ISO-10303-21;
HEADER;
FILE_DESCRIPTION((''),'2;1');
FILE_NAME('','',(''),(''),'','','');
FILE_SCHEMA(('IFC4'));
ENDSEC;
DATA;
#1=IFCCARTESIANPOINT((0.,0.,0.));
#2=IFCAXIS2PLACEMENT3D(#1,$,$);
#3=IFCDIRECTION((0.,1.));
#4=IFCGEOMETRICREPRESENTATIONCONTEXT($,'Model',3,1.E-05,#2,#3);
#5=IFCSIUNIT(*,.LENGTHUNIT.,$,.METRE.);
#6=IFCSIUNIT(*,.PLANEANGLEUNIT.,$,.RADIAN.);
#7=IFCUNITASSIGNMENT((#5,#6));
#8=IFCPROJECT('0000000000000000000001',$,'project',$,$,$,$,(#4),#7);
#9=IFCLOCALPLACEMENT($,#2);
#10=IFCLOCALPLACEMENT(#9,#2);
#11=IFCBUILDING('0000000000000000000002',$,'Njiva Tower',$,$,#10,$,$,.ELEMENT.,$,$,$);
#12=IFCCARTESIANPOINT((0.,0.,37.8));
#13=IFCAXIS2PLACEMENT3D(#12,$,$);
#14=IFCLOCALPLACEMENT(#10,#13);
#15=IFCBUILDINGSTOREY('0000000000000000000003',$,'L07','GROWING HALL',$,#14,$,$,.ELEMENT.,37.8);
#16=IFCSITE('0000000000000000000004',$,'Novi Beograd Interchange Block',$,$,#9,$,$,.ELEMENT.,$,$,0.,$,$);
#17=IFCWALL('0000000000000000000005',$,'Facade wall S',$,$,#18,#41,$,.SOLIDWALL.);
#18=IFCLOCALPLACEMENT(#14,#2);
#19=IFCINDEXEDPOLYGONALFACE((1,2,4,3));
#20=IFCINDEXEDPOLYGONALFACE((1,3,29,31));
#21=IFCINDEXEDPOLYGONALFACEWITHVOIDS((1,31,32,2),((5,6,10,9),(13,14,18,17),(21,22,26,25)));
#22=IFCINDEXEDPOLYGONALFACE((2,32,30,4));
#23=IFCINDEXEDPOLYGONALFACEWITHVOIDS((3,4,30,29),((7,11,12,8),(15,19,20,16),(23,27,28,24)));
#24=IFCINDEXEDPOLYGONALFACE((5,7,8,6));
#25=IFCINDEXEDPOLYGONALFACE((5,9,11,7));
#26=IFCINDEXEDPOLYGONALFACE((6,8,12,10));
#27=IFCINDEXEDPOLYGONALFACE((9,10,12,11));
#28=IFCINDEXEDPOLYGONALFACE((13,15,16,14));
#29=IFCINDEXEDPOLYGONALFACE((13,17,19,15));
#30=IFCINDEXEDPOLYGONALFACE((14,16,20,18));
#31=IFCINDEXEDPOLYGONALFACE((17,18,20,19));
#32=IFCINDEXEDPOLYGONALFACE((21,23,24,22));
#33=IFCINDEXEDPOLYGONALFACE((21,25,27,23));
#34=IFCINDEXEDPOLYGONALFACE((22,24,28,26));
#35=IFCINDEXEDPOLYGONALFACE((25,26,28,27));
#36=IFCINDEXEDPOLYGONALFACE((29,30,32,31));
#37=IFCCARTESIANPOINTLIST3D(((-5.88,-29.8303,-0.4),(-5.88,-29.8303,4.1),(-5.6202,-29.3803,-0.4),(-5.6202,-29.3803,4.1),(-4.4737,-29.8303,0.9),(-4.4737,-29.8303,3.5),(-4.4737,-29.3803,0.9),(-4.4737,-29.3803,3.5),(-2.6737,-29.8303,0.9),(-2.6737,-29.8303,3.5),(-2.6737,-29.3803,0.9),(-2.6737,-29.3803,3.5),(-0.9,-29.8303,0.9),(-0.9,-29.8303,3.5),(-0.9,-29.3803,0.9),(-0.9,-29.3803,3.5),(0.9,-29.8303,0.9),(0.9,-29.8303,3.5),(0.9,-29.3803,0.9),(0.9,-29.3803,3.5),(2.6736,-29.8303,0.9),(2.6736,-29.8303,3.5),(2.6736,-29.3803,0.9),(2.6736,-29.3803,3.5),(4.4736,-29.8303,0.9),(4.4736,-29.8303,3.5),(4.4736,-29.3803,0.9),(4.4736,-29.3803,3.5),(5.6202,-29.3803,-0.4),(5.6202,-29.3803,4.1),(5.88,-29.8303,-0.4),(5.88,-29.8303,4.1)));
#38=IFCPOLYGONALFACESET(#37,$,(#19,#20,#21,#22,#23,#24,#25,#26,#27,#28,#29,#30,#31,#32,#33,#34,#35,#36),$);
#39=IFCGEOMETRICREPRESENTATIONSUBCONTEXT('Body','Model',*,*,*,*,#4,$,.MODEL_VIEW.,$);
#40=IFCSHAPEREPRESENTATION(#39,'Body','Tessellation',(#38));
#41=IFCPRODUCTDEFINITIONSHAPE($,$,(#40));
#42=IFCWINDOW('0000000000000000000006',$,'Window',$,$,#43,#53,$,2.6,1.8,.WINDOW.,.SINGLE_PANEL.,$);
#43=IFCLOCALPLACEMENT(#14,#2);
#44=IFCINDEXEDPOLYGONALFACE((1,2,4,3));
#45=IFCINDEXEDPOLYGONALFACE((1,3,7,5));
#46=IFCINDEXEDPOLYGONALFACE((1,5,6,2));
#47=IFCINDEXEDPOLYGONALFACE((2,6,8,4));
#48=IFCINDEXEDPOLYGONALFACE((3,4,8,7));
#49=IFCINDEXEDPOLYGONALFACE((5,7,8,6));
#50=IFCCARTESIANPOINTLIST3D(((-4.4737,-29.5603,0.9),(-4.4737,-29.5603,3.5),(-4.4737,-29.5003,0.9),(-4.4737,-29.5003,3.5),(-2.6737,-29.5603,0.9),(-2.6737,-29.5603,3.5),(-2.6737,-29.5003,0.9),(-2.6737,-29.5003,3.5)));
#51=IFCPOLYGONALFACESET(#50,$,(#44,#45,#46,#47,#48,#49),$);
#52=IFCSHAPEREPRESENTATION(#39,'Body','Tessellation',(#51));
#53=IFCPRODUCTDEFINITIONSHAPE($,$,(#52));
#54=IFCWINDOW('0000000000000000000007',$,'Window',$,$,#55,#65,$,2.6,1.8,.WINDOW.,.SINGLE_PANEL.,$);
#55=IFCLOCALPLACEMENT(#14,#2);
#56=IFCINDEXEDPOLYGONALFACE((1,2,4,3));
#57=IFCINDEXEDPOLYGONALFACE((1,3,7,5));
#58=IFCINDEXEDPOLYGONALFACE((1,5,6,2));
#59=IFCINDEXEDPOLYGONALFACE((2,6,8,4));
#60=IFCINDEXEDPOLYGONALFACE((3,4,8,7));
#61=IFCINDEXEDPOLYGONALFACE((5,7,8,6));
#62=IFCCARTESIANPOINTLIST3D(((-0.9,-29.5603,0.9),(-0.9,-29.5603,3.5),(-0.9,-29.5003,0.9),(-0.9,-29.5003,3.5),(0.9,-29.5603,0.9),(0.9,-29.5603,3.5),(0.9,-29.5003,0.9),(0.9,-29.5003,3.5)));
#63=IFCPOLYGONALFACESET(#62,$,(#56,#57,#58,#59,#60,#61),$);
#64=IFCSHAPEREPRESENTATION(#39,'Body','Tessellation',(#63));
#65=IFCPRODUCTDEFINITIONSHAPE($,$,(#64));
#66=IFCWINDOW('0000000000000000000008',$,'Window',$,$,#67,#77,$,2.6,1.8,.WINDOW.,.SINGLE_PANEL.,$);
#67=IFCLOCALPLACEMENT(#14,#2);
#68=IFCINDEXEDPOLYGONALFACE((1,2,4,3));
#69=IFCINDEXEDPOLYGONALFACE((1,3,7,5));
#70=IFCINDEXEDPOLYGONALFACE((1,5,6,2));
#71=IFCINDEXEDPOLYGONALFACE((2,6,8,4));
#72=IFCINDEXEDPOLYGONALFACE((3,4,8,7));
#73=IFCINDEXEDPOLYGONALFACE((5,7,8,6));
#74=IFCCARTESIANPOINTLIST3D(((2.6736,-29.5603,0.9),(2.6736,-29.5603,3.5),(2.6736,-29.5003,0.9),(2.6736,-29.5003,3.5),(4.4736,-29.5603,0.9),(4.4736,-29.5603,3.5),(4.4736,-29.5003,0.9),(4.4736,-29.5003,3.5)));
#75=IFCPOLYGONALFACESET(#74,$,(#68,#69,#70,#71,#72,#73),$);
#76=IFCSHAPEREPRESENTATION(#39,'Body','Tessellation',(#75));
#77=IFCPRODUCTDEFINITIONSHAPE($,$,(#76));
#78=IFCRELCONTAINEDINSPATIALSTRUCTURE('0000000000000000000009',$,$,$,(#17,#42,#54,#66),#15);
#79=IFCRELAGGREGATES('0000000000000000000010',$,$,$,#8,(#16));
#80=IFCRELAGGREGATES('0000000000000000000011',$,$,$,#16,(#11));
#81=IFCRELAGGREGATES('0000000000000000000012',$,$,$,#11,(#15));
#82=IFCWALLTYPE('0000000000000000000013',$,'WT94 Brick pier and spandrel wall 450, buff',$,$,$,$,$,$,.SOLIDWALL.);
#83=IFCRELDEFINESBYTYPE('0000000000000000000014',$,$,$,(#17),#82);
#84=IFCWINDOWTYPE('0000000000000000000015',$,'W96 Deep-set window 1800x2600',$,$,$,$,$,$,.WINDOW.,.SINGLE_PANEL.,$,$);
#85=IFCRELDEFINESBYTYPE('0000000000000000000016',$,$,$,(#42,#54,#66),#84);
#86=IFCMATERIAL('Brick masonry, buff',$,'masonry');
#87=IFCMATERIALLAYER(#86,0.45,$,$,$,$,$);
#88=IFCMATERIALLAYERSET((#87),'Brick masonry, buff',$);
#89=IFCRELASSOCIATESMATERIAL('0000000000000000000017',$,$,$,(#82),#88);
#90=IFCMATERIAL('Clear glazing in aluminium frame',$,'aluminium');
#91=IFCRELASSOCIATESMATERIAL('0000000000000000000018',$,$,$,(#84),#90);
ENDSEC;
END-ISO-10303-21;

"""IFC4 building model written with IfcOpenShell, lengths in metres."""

from ifc_helpers import new_model, si_unit, direction, frame, frame_2d, origin, place, context, subcontext, project, spatial, polyline, rectangle, outline, extrude, material, layer, layer_set, type_object, element, fill, save


model = new_model("IFC4")

# Units and contexts
model_context = context("Model", 3, precision=1e-05, world=origin(), true_north=direction((0.0, 1.0)))
body_context = subcontext(model_context, "Body", "Model", "MODEL_VIEW")
ifc_project = project(units=[si_unit("LENGTHUNIT", "METRE"), si_unit("PLANEANGLEUNIT", "RADIAN")], contexts=[model_context])

# Site, building, storey
site_placement = place(None, origin())
site = spatial("IfcSite", under=ifc_project, at=site_placement, Name="Novi Beograd Interchange Block", CompositionType="ELEMENT", RefElevation=0.0)
building_placement = place(site_placement, origin())
building = spatial("IfcBuilding", under=site, at=building_placement, Name="Njiva Tower", CompositionType="ELEMENT")
storey_placement = place(building_placement, frame((0.0, 0.0, 37.8)))
storey = spatial("IfcBuildingStorey", under=building, at=storey_placement, Name="L07", Description="GROWING HALL", CompositionType="ELEMENT", Elevation=37.8)

# Wall, openings, windows
ifc_material_1 = material(Name="Brick masonry, buff", Category="masonry")
ifc_layer_1 = layer(ifc_material_1, 0.45)
ifc_layer_set_1 = layer_set([ifc_layer_1], Name="Brick masonry, buff")
wall_type_1 = type_object("IfcWallType", Name="WT94 Brick pier and spandrel wall 450, buff", PredefinedType="SOLIDWALL", material=ifc_layer_set_1)
wall_1_placement = place(storey_placement, frame((-5.7501, -29.6053, -0.4), z_axis=(0.0, 0.0, 1.0), x_axis=(1.0, 0.0, 0.0)))
wall_1 = element("IfcWall", 1, at=wall_1_placement, inside=storey, type_object=wall_type_1, Name="Facade wall S", PredefinedType="SOLIDWALL", context=body_context, shape_type="SweptSolid", body=[
    extrude(outline(polyline([(-0.1299, -0.225), (11.6301, -0.225), (11.3703, 0.225), (0.1299, 0.225), (-0.1299, -0.225)])), origin(), (0.0, 0.0, 1.0), 4.5),
])
opening_1_placement = place(wall_1_placement, frame((1.2764, 0.0, 1.3)))
opening_1 = element("IfcOpeningElement", 2, at=opening_1_placement, cuts=wall_1, PredefinedType="OPENING", context=body_context, shape_type="SweptSolid", body=[
    extrude(rectangle(XDim=1.8, YDim=2.6, at=frame_2d((0.9, 1.3))), frame((0.0, 0.235, 0.0), z_axis=(0.0, -1.0, 0.0), x_axis=(1.0, 0.0, 0.0)), (0.0, 0.0, 1.0), 0.47),
])
opening_2_placement = place(wall_1_placement, frame((4.8501, 0.0, 1.3)))
opening_2 = element("IfcOpeningElement", 3, at=opening_2_placement, cuts=wall_1, PredefinedType="OPENING", context=body_context, shape_type="SweptSolid", body=[
    extrude(rectangle(XDim=1.8, YDim=2.6, at=frame_2d((0.9, 1.3))), frame((0.0, 0.235, 0.0), z_axis=(0.0, -1.0, 0.0), x_axis=(1.0, 0.0, 0.0)), (0.0, 0.0, 1.0), 0.47),
])
opening_3_placement = place(wall_1_placement, frame((8.4237, 0.0, 1.3)))
opening_3 = element("IfcOpeningElement", 4, at=opening_3_placement, cuts=wall_1, PredefinedType="OPENING", context=body_context, shape_type="SweptSolid", body=[
    extrude(rectangle(XDim=1.8, YDim=2.6, at=frame_2d((0.9, 1.3))), frame((0.0, 0.235, 0.0), z_axis=(0.0, -1.0, 0.0), x_axis=(1.0, 0.0, 0.0)), (0.0, 0.0, 1.0), 0.47),
])
ifc_material_2 = material(Name="Clear glazing in aluminium frame", Category="aluminium")
window_type = type_object("IfcWindowType", Name="W96 Deep-set window 1800x2600", PartitioningType="SINGLE_PANEL", PredefinedType="WINDOW", material=ifc_material_2)
window_1_placement = place(opening_1_placement, origin())
window_1 = element("IfcWindow", 5, at=window_1_placement, inside=storey, type_object=window_type, Name="Window", OverallHeight=2.6, OverallWidth=1.8, PartitioningType="SINGLE_PANEL", PredefinedType="WINDOW", context=body_context, shape_type="SweptSolid", body=[
    extrude(rectangle(XDim=1.8, YDim=2.6, at=frame_2d((0.9, 1.3))), frame((0.0, 0.105, 0.0), z_axis=(0.0, -1.0, 0.0), x_axis=(1.0, 0.0, 0.0)), (0.0, 0.0, 1.0), 0.06),
])
fill(opening_1, window_1)
window_2_placement = place(opening_2_placement, origin())
window_2 = element("IfcWindow", 6, at=window_2_placement, inside=storey, type_object=window_type, Name="Window", OverallHeight=2.6, OverallWidth=1.8, PartitioningType="SINGLE_PANEL", PredefinedType="WINDOW", context=body_context, shape_type="SweptSolid", body=[
    extrude(rectangle(XDim=1.8, YDim=2.6, at=frame_2d((0.9, 1.3))), frame((0.0, 0.105, 0.0), z_axis=(0.0, -1.0, 0.0), x_axis=(1.0, 0.0, 0.0)), (0.0, 0.0, 1.0), 0.06),
])
fill(opening_2, window_2)
window_3_placement = place(opening_3_placement, origin())
window_3 = element("IfcWindow", 7, at=window_3_placement, inside=storey, type_object=window_type, Name="Window", OverallHeight=2.6, OverallWidth=1.8, PartitioningType="SINGLE_PANEL", PredefinedType="WINDOW", context=body_context, shape_type="SweptSolid", body=[
    extrude(rectangle(XDim=1.8, YDim=2.6, at=frame_2d((0.9, 1.3))), frame((0.0, 0.105, 0.0), z_axis=(0.0, -1.0, 0.0), x_axis=(1.0, 0.0, 0.0)), (0.0, 0.0, 1.0), 0.06),
])
fill(opening_3, window_3)

save(model, "model.ifc")
